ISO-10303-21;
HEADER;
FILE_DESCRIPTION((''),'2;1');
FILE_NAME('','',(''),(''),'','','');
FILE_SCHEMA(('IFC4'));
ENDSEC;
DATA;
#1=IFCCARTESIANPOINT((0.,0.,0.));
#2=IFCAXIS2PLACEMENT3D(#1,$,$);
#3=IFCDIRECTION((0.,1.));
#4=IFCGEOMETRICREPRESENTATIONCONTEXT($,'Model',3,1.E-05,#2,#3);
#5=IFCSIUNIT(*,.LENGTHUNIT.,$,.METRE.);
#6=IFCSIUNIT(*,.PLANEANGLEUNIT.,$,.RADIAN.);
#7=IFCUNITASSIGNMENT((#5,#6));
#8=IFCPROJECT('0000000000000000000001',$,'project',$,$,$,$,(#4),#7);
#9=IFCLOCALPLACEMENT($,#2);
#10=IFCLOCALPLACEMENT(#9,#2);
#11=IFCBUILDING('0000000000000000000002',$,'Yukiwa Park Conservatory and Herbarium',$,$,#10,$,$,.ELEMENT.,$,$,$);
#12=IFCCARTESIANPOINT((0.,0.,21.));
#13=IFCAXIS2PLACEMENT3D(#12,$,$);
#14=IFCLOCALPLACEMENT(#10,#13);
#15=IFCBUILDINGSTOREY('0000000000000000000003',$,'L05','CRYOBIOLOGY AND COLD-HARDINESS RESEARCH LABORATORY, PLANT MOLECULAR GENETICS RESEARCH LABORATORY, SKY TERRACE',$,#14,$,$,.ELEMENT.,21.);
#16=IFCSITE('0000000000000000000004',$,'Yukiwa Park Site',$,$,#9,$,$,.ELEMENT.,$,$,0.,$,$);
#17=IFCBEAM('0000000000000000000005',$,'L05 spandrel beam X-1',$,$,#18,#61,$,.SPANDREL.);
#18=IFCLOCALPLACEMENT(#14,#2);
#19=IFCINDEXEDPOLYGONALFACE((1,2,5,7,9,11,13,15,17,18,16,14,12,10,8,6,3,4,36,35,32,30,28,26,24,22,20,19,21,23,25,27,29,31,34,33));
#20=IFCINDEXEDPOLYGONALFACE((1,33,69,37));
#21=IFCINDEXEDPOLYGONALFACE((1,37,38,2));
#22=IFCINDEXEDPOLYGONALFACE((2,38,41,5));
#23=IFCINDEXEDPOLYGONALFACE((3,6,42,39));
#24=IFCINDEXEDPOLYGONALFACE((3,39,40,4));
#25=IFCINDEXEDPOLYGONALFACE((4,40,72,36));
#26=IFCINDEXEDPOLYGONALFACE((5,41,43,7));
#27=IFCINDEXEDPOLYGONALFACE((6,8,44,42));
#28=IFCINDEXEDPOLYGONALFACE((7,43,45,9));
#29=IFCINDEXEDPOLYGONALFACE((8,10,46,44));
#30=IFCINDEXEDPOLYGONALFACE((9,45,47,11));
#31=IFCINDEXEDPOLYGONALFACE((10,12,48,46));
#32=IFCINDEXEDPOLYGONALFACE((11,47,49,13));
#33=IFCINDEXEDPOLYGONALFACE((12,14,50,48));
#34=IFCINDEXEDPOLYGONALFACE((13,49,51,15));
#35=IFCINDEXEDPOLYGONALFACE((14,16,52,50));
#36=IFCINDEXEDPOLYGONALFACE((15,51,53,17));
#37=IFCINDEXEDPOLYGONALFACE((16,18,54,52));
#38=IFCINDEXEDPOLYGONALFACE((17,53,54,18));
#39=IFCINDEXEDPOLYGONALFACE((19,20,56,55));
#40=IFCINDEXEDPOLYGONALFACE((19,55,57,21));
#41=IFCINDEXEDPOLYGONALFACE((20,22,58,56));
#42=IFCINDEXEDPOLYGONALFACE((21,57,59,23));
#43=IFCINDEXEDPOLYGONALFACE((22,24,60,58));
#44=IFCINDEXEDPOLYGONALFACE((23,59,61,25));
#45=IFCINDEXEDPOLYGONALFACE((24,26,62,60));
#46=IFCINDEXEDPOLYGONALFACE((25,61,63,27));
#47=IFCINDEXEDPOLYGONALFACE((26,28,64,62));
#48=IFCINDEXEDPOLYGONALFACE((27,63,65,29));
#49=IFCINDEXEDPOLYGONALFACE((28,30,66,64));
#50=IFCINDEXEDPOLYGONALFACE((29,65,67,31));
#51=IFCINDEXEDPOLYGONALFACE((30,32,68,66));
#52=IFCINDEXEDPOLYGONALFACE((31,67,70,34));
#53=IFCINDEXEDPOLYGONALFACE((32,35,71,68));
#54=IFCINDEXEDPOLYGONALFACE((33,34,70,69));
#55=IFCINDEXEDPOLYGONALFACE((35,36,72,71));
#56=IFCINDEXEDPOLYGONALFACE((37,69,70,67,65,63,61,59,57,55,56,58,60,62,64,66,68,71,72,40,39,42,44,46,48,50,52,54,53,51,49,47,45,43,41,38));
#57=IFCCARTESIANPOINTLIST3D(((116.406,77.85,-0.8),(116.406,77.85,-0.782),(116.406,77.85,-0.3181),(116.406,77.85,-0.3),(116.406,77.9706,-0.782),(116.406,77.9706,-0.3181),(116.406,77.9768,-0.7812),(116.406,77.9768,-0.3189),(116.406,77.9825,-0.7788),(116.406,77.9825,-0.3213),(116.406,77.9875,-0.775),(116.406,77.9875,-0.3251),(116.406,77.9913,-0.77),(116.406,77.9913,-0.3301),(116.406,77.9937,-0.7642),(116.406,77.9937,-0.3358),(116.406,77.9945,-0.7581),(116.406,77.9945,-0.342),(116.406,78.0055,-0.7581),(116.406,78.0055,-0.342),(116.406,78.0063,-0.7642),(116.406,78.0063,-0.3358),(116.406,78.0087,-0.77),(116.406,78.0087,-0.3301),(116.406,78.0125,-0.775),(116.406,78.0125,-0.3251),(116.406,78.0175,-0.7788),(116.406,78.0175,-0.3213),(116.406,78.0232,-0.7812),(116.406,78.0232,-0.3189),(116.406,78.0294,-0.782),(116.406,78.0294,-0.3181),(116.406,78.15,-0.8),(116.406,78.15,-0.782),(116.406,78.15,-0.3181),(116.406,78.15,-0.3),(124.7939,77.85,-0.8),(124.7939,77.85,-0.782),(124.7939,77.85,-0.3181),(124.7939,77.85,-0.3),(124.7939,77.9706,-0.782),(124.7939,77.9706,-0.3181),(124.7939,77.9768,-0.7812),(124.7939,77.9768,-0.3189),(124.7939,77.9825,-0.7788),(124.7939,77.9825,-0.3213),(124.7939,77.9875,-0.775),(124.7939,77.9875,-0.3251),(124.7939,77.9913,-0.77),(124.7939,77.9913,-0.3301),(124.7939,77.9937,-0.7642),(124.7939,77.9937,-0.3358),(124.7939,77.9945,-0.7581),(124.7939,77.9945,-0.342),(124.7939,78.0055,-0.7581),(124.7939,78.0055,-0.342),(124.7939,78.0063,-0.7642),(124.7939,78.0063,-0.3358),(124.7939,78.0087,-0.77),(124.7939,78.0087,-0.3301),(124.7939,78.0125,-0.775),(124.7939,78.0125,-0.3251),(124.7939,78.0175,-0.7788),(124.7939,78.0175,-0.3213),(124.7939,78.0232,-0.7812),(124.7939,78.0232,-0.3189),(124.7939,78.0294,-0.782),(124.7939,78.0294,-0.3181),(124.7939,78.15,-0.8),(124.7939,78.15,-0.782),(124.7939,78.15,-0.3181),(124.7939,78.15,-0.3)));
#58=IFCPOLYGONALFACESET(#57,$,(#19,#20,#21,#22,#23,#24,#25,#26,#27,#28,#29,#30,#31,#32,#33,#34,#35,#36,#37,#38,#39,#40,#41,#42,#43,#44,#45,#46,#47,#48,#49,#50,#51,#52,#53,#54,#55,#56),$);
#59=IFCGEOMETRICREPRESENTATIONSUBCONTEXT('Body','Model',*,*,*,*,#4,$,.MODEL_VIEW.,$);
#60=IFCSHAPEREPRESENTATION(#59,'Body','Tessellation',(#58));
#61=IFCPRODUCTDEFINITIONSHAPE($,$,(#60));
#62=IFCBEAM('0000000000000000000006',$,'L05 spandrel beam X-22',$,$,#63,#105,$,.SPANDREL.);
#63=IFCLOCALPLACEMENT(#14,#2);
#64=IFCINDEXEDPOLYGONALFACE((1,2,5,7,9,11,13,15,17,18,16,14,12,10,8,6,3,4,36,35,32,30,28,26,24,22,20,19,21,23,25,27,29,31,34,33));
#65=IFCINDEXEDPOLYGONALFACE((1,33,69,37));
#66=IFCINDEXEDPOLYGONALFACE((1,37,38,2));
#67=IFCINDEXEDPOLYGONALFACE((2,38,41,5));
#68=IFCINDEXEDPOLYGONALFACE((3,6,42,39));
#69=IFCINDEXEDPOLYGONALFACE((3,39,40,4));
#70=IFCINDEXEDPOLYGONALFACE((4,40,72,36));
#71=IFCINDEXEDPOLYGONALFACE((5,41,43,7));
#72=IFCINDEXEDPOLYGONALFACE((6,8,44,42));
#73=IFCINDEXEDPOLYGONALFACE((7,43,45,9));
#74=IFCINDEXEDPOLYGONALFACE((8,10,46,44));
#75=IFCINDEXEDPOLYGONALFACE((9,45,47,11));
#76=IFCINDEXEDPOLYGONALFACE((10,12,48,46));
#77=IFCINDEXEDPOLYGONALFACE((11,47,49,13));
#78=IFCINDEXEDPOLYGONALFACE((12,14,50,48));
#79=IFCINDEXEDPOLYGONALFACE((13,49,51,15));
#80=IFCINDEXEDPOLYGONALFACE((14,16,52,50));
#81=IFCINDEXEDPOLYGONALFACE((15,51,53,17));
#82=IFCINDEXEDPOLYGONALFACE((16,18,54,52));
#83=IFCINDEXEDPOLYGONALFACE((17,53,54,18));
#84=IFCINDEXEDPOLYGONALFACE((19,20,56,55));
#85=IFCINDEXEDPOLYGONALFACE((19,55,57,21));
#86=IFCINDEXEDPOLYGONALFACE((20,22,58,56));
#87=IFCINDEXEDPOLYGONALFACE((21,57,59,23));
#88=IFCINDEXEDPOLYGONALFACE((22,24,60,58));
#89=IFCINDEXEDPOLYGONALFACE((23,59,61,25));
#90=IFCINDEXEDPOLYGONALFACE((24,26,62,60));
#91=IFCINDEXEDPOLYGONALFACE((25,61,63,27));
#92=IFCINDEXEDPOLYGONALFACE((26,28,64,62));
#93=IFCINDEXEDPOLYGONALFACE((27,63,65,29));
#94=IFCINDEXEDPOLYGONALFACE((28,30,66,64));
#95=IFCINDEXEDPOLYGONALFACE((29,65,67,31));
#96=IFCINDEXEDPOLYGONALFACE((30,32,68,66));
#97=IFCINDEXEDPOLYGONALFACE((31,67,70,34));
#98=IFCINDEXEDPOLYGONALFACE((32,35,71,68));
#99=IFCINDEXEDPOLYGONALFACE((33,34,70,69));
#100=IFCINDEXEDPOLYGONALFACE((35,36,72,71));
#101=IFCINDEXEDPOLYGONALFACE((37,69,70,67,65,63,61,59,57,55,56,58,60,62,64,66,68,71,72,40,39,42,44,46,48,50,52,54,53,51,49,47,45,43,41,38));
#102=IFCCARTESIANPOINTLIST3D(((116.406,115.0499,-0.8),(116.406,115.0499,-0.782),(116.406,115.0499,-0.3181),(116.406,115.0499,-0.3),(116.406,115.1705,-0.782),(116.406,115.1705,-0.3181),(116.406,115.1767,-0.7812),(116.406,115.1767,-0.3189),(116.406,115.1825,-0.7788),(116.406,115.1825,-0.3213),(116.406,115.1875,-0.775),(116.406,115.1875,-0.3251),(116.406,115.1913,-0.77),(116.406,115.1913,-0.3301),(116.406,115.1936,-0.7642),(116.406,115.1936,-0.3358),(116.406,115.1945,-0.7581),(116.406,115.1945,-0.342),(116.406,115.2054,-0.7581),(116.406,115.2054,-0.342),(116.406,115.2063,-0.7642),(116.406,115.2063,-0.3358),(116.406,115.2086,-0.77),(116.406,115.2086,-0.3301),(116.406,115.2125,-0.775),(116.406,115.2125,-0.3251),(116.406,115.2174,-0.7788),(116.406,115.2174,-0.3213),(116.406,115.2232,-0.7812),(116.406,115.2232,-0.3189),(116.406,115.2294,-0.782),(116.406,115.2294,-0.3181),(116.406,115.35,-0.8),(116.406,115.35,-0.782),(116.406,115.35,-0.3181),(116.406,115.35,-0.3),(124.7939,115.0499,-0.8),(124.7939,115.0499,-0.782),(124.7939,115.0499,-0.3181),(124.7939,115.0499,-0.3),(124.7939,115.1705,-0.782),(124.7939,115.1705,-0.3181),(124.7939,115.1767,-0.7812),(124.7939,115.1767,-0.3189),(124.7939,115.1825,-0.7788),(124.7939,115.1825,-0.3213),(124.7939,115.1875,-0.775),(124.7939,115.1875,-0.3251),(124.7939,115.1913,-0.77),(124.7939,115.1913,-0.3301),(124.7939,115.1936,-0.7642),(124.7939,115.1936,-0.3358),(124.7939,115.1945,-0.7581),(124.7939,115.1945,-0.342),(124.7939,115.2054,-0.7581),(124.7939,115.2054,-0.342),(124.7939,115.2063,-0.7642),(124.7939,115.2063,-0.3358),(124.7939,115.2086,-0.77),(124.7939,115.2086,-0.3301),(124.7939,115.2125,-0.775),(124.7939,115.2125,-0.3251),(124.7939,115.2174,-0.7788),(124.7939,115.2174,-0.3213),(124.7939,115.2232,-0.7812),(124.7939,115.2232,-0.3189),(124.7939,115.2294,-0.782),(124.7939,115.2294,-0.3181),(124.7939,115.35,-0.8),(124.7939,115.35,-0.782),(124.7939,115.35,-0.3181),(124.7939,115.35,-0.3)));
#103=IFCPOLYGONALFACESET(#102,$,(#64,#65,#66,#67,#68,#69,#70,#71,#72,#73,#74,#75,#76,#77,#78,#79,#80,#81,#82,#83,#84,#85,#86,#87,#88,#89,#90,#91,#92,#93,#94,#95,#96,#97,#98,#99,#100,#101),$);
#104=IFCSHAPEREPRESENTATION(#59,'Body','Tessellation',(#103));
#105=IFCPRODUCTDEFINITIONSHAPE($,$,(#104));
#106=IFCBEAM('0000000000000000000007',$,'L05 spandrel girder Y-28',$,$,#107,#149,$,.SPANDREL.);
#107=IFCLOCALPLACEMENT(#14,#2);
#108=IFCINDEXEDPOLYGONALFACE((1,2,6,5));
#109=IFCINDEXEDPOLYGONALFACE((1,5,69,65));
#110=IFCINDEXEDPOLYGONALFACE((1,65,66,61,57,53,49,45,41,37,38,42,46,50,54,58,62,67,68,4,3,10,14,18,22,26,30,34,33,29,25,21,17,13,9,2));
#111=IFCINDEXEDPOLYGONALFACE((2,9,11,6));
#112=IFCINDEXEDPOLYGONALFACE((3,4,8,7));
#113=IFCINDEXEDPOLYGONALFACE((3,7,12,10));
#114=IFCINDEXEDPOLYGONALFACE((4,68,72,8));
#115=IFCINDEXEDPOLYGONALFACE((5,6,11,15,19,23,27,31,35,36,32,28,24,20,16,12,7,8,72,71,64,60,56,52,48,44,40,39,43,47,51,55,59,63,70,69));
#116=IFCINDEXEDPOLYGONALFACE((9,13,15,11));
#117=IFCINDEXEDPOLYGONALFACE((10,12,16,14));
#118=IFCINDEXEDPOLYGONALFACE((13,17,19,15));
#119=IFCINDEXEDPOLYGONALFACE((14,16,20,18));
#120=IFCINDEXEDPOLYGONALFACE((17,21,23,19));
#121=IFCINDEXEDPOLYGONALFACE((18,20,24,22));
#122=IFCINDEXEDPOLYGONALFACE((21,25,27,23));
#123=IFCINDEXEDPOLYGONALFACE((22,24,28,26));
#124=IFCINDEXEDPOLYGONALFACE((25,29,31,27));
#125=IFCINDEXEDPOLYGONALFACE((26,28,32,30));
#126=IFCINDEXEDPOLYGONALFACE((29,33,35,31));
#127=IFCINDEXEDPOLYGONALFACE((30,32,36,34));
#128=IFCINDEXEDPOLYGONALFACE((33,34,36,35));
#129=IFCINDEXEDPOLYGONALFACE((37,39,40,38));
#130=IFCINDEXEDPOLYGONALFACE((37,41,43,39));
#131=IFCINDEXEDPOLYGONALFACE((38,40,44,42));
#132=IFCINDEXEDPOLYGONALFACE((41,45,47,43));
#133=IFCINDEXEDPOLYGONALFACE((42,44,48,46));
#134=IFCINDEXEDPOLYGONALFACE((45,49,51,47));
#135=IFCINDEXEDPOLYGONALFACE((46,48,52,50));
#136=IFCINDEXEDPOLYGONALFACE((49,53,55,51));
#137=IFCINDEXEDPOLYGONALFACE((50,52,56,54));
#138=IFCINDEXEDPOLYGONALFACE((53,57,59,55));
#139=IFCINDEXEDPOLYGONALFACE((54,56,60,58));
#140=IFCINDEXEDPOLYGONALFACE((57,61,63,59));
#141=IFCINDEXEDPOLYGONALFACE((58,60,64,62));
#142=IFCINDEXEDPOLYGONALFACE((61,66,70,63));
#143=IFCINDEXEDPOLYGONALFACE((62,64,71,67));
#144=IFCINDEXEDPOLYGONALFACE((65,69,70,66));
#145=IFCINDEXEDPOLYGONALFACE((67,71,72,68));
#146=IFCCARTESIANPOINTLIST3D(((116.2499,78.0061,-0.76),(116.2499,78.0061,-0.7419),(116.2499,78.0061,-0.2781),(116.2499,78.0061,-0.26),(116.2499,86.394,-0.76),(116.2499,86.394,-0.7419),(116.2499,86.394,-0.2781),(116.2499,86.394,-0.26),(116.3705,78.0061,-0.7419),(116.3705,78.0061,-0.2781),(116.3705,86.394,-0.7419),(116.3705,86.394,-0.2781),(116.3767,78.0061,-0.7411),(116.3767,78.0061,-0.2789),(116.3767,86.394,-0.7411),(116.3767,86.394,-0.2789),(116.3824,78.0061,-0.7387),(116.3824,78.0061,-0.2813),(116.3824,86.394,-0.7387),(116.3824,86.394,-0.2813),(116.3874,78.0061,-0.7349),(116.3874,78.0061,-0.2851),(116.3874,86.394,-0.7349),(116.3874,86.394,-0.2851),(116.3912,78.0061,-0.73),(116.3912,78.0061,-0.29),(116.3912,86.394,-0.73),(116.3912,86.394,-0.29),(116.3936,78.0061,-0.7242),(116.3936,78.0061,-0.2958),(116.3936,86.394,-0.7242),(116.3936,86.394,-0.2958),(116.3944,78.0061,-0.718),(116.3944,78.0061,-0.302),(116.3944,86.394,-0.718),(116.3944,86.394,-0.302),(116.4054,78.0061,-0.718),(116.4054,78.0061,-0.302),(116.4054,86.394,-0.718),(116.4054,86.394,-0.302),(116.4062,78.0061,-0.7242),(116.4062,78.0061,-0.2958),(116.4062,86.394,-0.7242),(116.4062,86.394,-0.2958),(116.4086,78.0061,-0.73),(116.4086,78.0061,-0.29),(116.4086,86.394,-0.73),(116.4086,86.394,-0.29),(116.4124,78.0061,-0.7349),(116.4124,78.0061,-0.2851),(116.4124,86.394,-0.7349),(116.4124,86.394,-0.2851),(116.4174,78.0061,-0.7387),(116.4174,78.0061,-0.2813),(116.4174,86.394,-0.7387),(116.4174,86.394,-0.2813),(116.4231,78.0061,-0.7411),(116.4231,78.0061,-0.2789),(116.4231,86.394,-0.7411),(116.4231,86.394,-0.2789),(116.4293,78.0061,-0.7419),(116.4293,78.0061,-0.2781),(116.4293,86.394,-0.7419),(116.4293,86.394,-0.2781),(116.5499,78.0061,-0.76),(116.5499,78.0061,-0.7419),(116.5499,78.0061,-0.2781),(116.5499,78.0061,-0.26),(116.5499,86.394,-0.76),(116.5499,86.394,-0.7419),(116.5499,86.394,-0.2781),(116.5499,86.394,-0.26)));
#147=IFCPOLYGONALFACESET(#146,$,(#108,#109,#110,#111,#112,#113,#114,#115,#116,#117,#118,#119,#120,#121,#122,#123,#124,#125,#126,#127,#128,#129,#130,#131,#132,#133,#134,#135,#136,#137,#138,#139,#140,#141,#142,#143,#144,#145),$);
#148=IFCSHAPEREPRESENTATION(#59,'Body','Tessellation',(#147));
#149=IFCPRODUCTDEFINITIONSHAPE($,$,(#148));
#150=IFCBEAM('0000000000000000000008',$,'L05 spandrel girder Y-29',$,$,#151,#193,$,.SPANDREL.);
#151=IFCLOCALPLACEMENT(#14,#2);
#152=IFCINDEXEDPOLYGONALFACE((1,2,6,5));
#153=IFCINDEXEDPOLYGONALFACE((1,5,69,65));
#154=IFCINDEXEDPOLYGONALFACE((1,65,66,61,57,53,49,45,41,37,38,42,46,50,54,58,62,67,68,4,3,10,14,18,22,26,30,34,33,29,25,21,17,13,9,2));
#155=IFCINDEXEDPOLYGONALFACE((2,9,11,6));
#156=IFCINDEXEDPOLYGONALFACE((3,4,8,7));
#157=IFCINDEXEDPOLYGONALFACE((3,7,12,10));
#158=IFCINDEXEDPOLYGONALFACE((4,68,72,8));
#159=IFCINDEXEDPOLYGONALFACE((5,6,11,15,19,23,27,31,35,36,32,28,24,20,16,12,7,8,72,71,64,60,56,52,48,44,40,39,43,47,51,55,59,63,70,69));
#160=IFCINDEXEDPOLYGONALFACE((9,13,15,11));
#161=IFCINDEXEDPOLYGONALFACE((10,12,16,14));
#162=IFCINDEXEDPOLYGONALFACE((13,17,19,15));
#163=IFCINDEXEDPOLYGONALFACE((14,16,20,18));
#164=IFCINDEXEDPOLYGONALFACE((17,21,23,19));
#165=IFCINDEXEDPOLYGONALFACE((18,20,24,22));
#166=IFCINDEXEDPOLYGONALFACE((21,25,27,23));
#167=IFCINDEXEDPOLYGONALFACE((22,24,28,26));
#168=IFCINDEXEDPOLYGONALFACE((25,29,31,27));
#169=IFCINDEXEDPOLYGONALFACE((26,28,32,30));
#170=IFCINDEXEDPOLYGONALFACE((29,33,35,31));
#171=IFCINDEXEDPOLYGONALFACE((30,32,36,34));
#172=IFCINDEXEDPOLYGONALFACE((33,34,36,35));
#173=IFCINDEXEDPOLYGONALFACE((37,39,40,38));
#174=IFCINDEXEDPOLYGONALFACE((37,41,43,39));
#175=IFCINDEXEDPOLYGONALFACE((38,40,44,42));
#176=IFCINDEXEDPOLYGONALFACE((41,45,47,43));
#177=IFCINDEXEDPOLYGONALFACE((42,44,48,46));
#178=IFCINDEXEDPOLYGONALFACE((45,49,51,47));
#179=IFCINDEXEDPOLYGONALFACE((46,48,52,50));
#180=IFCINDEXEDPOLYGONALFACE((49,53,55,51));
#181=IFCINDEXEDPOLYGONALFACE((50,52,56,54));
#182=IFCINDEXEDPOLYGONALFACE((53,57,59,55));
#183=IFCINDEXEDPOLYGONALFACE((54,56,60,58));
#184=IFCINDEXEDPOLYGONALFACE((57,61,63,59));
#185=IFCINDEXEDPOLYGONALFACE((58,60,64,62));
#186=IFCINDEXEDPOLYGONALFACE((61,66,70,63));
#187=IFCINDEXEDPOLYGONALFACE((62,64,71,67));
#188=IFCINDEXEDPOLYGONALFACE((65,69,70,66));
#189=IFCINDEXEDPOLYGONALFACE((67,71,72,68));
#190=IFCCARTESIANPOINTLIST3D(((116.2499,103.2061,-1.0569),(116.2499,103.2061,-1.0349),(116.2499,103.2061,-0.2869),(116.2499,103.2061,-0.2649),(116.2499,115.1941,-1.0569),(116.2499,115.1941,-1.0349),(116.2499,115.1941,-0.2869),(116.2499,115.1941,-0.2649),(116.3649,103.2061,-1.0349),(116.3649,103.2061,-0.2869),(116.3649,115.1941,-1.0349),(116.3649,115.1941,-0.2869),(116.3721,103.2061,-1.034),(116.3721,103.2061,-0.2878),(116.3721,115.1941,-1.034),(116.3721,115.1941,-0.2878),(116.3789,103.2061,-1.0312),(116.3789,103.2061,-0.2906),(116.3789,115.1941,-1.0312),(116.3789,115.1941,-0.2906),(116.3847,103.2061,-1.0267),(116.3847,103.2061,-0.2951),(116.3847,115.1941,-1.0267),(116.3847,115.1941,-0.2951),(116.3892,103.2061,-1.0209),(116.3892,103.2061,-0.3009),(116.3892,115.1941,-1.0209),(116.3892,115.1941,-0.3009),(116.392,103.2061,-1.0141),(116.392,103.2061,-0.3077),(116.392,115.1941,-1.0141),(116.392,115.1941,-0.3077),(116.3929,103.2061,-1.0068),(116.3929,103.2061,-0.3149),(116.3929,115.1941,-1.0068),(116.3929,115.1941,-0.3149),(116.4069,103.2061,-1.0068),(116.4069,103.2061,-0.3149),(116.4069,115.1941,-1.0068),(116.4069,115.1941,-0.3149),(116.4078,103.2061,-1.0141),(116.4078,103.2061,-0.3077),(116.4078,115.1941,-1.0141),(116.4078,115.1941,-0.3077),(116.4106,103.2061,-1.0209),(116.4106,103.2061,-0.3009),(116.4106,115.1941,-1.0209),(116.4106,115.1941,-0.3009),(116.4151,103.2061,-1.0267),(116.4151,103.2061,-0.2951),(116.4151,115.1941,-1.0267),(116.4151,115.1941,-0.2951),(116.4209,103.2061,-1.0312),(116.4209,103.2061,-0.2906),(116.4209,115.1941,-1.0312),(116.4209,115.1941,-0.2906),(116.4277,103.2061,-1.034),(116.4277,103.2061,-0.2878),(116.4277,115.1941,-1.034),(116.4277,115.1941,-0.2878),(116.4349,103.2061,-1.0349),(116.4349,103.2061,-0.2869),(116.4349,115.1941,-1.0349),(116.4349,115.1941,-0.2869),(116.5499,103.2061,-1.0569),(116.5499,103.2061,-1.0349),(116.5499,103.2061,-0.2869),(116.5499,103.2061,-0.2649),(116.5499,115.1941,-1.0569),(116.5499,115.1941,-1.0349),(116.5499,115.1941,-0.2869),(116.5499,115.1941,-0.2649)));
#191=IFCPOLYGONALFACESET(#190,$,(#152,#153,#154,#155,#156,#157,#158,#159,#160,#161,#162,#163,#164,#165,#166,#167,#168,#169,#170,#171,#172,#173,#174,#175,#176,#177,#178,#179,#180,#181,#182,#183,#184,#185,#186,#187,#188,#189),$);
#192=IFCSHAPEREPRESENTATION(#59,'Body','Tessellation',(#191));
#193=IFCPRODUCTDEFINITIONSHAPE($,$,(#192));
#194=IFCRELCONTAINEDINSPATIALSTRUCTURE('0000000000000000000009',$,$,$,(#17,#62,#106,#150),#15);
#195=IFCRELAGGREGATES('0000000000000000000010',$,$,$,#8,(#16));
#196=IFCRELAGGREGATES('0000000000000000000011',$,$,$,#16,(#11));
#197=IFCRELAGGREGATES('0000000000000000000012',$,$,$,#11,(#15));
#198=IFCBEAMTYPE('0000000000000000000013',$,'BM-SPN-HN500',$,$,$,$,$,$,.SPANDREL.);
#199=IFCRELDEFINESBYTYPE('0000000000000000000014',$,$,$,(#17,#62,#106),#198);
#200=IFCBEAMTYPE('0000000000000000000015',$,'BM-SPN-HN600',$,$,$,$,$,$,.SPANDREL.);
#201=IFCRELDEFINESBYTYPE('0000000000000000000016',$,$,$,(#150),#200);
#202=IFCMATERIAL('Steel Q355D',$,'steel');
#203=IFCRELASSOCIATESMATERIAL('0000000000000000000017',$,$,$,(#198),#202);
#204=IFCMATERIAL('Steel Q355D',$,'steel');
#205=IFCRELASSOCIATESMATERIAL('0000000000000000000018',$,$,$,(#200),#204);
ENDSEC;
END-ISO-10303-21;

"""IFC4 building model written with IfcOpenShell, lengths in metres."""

from ifc_helpers import new_model, si_unit, direction, frame, origin, origin_2d, place, context, subcontext, project, spatial, i_section, extrude, material, material_profile, profile_set, type_object, element, save


model = new_model("IFC4")

# Units and contexts
model_context = context("Model", 3, precision=1e-05, world=origin(), true_north=direction((0.0, 1.0)))
body_context = subcontext(model_context, "Body", "Model", "MODEL_VIEW")
ifc_project = project(units=[si_unit("LENGTHUNIT", "METRE"), si_unit("PLANEANGLEUNIT", "RADIAN")], contexts=[model_context])

# Site, building, storey
site_placement = place(None, origin())
site = spatial("IfcSite", under=ifc_project, at=site_placement, Name="Yukiwa Park Site", CompositionType="ELEMENT", RefElevation=0.0)
building_placement = place(site_placement, origin())
building = spatial("IfcBuilding", under=site, at=building_placement, Name="Yukiwa Park Conservatory and Herbarium", CompositionType="ELEMENT")
storey_placement = place(building_placement, frame((0.0, 0.0, 21.0)))
storey = spatial("IfcBuildingStorey", under=building, at=storey_placement, Name="L05", Description="CRYOBIOLOGY AND COLD-HARDINESS RESEARCH LABORATORY, PLANT MOLECULAR GENETICS RESEARCH LABORATORY, SKY TERRACE", CompositionType="ELEMENT", Elevation=21.0)

# Beams
ifc_material_1 = material(Name="Steel Q355D", Category="steel")
ifc_material_profile_1 = material_profile(ifc_material_1, i_section(OverallWidth=0.3, OverallDepth=0.5, WebThickness=0.011, FlangeThickness=0.0181, FilletRadius=0.0239, at=origin_2d()), Name="HM 500x300x11x18")
ifc_profile_set_1 = profile_set([ifc_material_profile_1], Name="Steel Q355D")
beam_type_1 = type_object("IfcBeamType", Name="BM-SPN-HN500", PredefinedType="SPANDREL", material=ifc_profile_set_1)
for number, where, z_axis, x_axis, name in (
    (1, (116.406, 78.0, -0.55), (1.0, 0.0, 0.0), (0.0, 1.0, 0.0), "L05 spandrel beam X-1"),
    (2, (116.406, 115.2, -0.55), (1.0, 0.0, 0.0), (0.0, 1.0, 0.0), "L05 spandrel beam X-22"),
    (3, (116.3999, 78.0061, -0.51), (0.0, 1.0, 0.0), (-1.0, 0.0, 0.0), "L05 spandrel girder Y-28"),
):
    element("IfcBeam", number, at=place(storey_placement, frame(where, z_axis=z_axis, x_axis=x_axis)), inside=storey, type_object=beam_type_1, Name=name, PredefinedType="SPANDREL", context=body_context, shape_type="SweptSolid", body=[
        extrude(i_section(OverallWidth=0.3, OverallDepth=0.5, WebThickness=0.011, FlangeThickness=0.0181, FilletRadius=0.0239, at=origin_2d()), origin(), (0.0, 0.0, 1.0), 8.3879),
    ])
ifc_material_2 = material(Name="Steel Q355D", Category="steel")
ifc_material_profile_2 = material_profile(ifc_material_2, i_section(OverallWidth=0.3, OverallDepth=0.792, WebThickness=0.0139, FlangeThickness=0.022, FilletRadius=0.0281, at=origin_2d()), Name="HN 792x300x14x22")
ifc_profile_set_2 = profile_set([ifc_material_profile_2], Name="Steel Q355D")
beam_type_2 = type_object("IfcBeamType", Name="BM-SPN-HN600", PredefinedType="SPANDREL", material=ifc_profile_set_2)
beam_placement = place(storey_placement, frame((116.3999, 103.2061, -0.6609), z_axis=(0.0, 1.0, 0.0), x_axis=(-1.0, 0.0, 0.0)))
element("IfcBeam", 4, at=beam_placement, inside=storey, type_object=beam_type_2, Name="L05 spandrel girder Y-29", PredefinedType="SPANDREL", context=body_context, shape_type="SweptSolid", body=[
    extrude(i_section(OverallWidth=0.3, OverallDepth=0.792, WebThickness=0.0139, FlangeThickness=0.022, FilletRadius=0.0281, at=origin_2d()), origin(), (0.0, 0.0, 1.0), 11.988),
])

save(model, "model.ifc")
